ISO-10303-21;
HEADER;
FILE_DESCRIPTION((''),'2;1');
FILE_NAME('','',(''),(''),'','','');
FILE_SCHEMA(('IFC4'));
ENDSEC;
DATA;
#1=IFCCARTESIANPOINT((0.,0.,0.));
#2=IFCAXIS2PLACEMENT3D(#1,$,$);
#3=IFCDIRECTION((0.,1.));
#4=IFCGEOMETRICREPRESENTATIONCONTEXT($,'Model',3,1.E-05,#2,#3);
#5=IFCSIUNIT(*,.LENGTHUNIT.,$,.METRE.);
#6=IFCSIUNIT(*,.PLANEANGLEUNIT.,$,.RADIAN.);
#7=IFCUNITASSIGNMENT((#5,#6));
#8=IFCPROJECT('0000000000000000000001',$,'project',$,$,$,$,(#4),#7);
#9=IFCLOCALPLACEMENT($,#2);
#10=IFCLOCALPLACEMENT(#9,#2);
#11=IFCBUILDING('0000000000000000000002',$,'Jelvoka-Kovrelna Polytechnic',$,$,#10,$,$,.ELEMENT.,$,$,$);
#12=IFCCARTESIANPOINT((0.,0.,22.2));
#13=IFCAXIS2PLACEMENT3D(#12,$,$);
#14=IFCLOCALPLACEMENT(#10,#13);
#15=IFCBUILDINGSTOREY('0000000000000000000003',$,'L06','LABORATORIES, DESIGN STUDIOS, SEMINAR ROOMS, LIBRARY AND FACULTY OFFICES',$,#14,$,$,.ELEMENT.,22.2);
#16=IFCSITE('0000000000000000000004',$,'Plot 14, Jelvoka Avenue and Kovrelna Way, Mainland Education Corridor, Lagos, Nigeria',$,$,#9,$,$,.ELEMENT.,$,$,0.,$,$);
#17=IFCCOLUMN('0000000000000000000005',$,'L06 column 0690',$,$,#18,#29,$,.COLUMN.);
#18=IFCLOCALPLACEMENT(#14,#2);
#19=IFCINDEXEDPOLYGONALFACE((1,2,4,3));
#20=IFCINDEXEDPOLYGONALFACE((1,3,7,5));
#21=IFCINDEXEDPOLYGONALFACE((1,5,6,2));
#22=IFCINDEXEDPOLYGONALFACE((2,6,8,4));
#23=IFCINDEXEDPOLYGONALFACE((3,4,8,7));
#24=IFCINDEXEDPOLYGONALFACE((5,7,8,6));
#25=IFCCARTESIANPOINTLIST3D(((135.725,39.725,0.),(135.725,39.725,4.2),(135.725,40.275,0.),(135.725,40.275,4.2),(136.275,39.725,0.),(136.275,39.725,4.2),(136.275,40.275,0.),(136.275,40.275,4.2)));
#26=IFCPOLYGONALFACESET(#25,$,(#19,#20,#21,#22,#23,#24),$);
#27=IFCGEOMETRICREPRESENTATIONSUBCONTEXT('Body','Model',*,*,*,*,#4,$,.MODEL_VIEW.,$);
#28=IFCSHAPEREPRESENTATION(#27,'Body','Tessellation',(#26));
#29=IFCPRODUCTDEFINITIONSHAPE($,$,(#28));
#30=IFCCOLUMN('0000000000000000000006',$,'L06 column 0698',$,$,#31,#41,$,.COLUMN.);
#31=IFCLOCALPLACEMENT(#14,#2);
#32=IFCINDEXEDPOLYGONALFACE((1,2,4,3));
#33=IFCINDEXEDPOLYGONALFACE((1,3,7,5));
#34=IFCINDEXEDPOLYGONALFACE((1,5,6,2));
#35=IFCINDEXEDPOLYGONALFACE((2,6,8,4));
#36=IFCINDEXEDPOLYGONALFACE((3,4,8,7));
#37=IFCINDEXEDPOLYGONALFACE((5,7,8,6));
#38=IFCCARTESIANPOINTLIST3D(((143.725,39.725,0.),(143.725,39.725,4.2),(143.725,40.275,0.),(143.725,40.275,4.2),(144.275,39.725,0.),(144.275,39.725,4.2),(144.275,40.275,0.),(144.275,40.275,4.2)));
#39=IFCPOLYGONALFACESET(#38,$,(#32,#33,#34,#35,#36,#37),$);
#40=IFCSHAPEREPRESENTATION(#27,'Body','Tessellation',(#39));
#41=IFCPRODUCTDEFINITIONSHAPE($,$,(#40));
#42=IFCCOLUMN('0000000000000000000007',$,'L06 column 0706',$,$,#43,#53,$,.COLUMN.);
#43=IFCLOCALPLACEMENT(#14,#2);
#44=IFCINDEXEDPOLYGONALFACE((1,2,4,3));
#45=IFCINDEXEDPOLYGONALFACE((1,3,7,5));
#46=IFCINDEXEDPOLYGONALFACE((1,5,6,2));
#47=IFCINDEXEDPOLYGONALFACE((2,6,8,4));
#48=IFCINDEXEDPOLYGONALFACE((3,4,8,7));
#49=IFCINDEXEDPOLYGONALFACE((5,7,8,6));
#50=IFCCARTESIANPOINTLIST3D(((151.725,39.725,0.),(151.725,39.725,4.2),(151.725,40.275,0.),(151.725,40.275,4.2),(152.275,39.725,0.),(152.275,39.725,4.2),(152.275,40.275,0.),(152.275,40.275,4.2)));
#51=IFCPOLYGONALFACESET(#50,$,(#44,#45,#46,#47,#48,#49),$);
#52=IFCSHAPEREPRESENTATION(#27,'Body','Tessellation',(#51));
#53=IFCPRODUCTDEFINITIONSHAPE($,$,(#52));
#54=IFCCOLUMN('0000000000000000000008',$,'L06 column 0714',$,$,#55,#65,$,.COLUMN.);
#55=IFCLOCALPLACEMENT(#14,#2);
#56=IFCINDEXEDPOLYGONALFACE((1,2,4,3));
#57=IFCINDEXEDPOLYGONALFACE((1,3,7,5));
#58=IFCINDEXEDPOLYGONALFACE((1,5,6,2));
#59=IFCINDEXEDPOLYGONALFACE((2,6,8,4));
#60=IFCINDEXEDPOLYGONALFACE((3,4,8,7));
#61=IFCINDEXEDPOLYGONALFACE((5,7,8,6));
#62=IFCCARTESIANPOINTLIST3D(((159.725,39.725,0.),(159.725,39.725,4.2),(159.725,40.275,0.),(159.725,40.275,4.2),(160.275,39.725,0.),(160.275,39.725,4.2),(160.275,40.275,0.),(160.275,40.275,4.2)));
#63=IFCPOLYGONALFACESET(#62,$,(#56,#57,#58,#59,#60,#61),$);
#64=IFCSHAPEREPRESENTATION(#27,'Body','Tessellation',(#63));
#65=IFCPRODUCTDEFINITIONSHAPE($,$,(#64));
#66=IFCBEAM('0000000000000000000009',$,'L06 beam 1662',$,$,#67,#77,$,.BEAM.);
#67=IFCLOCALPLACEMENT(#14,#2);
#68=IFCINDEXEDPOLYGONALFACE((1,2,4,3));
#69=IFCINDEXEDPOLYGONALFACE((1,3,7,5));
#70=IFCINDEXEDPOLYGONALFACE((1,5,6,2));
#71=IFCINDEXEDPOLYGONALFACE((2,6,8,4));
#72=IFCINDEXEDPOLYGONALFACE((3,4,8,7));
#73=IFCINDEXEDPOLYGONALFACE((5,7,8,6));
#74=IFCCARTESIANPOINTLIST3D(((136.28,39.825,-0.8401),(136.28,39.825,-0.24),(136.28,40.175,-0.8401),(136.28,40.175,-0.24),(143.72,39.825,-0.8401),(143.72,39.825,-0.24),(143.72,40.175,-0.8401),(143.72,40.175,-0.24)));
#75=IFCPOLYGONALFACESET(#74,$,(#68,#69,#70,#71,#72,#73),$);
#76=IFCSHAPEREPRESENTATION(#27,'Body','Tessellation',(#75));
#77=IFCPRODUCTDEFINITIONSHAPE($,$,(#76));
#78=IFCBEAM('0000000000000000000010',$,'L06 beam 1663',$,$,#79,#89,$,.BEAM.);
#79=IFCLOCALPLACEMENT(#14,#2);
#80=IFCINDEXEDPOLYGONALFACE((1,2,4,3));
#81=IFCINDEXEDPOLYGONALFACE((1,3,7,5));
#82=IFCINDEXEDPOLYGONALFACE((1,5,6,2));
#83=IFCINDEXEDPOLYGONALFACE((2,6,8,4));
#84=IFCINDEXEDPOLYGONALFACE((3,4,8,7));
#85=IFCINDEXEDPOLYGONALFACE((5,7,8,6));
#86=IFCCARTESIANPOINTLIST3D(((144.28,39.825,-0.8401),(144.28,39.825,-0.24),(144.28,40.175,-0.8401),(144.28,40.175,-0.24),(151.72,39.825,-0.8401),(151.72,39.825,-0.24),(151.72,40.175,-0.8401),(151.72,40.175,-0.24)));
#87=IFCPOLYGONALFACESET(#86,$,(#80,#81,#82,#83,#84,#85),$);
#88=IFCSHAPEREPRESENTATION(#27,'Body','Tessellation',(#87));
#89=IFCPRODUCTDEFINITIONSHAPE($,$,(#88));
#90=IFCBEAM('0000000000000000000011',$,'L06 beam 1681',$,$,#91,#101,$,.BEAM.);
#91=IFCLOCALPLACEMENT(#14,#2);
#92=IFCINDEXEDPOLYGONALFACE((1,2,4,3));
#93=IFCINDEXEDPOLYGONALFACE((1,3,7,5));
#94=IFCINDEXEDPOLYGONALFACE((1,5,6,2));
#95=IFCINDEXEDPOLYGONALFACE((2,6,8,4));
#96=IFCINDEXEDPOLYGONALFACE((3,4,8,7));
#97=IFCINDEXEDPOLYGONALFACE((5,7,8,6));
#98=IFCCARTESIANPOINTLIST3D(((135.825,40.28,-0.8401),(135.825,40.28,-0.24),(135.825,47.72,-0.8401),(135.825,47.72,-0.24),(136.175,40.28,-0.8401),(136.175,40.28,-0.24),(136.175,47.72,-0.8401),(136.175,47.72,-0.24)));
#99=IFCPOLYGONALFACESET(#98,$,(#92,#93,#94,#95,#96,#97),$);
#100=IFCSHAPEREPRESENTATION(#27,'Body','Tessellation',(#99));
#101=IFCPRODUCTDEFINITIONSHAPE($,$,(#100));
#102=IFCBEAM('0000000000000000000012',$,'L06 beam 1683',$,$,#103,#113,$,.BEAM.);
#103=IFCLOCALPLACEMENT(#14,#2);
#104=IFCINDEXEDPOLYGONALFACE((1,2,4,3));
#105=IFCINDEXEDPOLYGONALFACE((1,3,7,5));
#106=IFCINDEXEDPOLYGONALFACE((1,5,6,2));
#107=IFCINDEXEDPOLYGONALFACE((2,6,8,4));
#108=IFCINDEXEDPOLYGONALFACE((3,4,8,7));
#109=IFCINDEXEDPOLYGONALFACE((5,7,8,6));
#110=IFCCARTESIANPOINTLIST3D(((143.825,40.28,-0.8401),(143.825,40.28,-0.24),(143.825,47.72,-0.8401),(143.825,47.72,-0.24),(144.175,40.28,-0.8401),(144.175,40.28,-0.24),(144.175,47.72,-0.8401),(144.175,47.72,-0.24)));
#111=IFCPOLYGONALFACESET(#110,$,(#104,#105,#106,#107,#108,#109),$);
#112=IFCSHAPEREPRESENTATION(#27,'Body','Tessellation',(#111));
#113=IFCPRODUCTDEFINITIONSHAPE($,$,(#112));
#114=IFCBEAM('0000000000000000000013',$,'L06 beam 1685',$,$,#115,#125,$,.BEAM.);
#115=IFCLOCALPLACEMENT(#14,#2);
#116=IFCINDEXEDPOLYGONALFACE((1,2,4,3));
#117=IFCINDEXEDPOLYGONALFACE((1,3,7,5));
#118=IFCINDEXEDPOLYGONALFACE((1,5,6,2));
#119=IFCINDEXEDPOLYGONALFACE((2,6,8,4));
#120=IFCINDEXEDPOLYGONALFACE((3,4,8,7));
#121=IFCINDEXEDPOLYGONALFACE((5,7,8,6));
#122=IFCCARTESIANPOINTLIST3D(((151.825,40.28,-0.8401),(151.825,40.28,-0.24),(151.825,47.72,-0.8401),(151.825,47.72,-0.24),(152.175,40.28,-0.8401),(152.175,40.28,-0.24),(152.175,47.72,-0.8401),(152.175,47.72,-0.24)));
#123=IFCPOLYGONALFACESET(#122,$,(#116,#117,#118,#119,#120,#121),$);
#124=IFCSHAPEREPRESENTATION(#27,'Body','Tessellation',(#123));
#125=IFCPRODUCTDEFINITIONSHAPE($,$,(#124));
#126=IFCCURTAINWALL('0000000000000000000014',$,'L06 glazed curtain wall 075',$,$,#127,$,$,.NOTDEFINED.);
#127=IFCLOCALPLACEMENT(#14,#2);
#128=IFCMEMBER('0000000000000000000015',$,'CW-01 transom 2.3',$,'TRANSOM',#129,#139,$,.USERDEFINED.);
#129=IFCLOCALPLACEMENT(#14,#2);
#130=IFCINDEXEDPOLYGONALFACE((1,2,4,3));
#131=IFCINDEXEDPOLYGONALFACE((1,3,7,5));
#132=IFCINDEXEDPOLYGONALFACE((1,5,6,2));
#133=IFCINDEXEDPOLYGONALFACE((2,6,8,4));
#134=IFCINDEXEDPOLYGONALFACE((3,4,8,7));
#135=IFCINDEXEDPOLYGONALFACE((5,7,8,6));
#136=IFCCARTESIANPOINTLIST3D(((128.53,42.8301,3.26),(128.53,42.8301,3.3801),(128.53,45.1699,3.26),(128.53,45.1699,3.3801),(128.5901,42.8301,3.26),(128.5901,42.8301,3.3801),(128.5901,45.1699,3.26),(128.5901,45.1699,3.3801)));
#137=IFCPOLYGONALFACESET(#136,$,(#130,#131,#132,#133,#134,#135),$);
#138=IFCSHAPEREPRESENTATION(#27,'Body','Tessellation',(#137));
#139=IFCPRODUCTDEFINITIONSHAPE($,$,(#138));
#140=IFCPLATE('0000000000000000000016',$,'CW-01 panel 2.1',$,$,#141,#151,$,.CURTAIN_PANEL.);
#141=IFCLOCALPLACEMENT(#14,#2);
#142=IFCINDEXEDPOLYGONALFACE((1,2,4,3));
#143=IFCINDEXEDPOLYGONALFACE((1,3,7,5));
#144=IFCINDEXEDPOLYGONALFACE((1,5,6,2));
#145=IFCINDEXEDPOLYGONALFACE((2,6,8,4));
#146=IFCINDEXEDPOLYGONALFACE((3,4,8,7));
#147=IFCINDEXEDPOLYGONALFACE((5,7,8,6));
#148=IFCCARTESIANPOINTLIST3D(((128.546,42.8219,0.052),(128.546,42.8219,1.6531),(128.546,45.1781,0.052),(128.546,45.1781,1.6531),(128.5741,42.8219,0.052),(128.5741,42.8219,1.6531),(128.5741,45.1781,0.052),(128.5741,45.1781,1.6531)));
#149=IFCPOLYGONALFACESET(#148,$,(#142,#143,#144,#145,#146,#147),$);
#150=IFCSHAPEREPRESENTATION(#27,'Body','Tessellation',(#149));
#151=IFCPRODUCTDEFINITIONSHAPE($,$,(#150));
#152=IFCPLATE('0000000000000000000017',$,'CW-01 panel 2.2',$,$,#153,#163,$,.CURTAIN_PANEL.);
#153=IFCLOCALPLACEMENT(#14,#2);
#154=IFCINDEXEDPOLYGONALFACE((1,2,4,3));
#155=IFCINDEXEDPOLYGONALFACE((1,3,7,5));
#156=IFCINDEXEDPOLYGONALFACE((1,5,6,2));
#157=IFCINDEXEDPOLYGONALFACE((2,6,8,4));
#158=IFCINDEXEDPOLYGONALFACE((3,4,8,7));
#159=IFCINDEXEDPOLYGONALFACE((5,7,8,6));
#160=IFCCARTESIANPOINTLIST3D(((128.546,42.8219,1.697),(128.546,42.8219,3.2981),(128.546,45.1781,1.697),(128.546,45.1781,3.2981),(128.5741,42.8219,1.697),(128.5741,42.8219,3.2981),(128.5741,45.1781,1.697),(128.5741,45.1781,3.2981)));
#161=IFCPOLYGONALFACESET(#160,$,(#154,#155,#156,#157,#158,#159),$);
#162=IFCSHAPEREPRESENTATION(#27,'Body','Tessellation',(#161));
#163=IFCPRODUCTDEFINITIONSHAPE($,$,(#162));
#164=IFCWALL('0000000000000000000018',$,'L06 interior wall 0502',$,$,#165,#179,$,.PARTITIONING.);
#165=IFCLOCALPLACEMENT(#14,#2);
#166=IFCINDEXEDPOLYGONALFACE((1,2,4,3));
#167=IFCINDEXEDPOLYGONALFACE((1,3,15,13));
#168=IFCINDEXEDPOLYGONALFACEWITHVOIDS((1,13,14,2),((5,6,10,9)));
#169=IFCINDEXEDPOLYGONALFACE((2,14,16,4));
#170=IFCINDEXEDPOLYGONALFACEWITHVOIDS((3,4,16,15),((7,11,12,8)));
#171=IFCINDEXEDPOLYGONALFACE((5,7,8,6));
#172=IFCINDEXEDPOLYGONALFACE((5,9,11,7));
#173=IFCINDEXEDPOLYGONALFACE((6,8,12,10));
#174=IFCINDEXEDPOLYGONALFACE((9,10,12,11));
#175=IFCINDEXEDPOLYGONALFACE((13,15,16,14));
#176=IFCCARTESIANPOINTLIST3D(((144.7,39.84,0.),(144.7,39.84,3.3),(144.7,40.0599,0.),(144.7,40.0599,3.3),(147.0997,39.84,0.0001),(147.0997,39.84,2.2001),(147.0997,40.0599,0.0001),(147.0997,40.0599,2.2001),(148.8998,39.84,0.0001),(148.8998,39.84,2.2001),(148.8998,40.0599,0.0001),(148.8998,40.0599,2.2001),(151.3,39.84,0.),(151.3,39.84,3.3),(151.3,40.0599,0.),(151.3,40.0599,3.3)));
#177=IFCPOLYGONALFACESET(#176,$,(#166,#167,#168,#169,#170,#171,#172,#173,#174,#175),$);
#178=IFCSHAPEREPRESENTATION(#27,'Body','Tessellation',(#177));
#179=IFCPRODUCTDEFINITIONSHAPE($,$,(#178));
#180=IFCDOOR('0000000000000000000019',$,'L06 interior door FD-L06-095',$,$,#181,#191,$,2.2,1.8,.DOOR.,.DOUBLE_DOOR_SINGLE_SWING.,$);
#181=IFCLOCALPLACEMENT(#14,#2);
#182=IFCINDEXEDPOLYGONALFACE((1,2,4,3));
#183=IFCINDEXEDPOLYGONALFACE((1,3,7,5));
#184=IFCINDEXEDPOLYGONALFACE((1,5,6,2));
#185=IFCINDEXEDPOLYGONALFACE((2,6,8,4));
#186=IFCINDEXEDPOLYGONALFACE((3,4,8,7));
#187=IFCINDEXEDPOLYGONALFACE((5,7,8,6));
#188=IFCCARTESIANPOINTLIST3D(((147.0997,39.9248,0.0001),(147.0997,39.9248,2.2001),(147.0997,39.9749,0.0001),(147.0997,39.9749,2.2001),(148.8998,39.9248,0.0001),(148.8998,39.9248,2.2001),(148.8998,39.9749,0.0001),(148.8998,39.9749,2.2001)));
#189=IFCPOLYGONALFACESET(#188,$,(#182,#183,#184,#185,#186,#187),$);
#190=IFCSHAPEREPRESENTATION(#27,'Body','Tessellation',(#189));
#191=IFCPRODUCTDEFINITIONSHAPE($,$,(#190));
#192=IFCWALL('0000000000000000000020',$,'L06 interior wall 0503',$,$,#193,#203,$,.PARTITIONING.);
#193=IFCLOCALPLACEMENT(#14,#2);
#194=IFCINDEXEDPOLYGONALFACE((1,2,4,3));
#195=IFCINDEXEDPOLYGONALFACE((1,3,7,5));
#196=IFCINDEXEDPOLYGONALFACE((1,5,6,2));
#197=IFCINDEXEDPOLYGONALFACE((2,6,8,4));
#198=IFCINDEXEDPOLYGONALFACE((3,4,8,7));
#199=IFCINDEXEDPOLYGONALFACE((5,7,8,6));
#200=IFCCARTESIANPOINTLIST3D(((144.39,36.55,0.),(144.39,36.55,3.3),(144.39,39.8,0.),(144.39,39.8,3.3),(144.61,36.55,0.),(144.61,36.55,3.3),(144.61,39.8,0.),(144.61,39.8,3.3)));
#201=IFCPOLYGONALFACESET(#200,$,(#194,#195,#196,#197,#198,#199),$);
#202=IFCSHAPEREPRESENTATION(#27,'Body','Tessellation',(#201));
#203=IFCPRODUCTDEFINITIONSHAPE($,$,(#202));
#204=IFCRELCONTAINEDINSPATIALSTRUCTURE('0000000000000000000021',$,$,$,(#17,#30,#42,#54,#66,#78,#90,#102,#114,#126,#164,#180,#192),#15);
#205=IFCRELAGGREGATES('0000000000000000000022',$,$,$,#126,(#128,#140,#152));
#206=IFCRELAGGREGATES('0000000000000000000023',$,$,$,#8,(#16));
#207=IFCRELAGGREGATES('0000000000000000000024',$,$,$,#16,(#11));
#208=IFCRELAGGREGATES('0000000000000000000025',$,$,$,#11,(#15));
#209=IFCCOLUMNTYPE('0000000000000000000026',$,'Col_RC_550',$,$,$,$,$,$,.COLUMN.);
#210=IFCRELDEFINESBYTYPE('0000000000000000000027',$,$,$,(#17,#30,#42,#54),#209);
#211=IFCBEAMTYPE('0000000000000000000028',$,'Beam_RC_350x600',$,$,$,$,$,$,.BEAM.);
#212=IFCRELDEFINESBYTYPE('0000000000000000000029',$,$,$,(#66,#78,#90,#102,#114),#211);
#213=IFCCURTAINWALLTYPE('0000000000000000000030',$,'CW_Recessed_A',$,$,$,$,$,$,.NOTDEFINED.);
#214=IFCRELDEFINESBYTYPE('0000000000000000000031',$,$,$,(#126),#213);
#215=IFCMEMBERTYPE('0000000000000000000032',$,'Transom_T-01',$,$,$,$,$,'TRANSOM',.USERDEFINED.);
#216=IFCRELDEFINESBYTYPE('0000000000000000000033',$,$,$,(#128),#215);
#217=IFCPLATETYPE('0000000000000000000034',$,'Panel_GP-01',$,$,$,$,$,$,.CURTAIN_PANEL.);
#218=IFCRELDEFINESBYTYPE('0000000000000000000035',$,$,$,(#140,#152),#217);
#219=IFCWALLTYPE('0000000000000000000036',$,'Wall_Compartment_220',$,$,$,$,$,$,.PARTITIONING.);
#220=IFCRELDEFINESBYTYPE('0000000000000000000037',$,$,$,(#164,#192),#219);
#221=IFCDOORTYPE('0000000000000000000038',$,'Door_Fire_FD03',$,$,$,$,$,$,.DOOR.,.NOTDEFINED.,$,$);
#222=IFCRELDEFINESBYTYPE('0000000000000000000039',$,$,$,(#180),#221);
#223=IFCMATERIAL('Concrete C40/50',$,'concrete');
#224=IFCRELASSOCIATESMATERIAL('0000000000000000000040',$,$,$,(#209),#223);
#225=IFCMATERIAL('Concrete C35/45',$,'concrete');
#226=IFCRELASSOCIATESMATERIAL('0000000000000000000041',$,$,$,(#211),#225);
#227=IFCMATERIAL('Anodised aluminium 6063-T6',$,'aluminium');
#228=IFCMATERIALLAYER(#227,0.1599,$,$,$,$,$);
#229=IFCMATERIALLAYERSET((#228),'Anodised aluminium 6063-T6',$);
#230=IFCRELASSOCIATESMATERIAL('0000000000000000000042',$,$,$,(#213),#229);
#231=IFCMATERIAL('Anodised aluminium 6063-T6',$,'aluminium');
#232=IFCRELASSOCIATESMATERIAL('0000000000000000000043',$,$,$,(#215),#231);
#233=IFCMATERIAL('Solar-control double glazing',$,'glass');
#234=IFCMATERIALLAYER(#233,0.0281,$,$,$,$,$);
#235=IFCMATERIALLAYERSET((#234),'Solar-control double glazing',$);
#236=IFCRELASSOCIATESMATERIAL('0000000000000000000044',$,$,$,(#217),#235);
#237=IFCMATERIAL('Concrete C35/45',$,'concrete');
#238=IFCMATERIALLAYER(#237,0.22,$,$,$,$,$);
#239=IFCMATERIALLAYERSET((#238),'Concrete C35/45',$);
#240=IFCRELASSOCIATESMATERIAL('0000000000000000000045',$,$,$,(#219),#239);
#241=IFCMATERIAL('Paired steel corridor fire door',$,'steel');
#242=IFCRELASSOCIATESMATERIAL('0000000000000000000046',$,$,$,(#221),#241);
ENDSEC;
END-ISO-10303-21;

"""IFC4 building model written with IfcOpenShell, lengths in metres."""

from ifc_helpers import new_model, si_unit, direction, frame, frame_2d, origin, origin_2d, place, context, subcontext, project, spatial, rectangle, extrude, material, layer, layer_set, material_profile, profile_set, type_object, element, fill, aggregate, save


model = new_model("IFC4")

# Units and contexts
model_context = context("Model", 3, precision=1e-05, world=origin(), true_north=direction((0.0, 1.0)))
body_context = subcontext(model_context, "Body", "Model", "MODEL_VIEW")
ifc_project = project(units=[si_unit("LENGTHUNIT", "METRE"), si_unit("PLANEANGLEUNIT", "RADIAN")], contexts=[model_context])

# Site, building, storey
site_placement = place(None, origin())
site = spatial("IfcSite", under=ifc_project, at=site_placement, Name="Plot 14, Jelvoka Avenue and Kovrelna Way, Mainland Education Corridor, Lagos, Nigeria", CompositionType="ELEMENT", RefElevation=0.0)
building_placement = place(site_placement, origin())
building = spatial("IfcBuilding", under=site, at=building_placement, Name="Jelvoka-Kovrelna Polytechnic", CompositionType="ELEMENT")
storey_placement = place(building_placement, frame((0.0, 0.0, 22.2)))
storey = spatial("IfcBuildingStorey", under=building, at=storey_placement, Name="L06", Description="LABORATORIES, DESIGN STUDIOS, SEMINAR ROOMS, LIBRARY AND FACULTY OFFICES", CompositionType="ELEMENT", Elevation=22.2)

# Columns
ifc_material_1 = material(Name="Concrete C40/50", Category="concrete")
ifc_material_profile_1 = material_profile(ifc_material_1, rectangle(XDim=0.55, YDim=0.55, at=origin_2d()), Name="RC 550x550")
ifc_profile_set_1 = profile_set([ifc_material_profile_1], Name="Concrete C40/50")
column_type = type_object("IfcColumnType", Name="Col_RC_550", PredefinedType="COLUMN", material=ifc_profile_set_1)
for number, where, z_axis, x_axis, name in (
    (1, (136.0, 40.0, 0.0), (0.0, 0.0, 1.0), (1.0, 0.0, 0.0), "L06 column 0690"),
    (2, (144.0, 40.0, 0.0), (0.0, 0.0, 1.0), (1.0, 0.0, 0.0), "L06 column 0698"),
    (3, (152.0, 40.0, 0.0), (0.0, 0.0, 1.0), (1.0, 0.0, 0.0), "L06 column 0706"),
    (4, (160.0, 40.0, 0.0), (0.0, 0.0, 1.0), (1.0, 0.0, 0.0), "L06 column 0714"),
):
    element("IfcColumn", number, at=place(storey_placement, frame(where, z_axis=z_axis, x_axis=x_axis)), inside=storey, type_object=column_type, Name=name, PredefinedType="COLUMN", context=body_context, shape_type="SweptSolid", body=[
        extrude(rectangle(XDim=0.55, YDim=0.55, at=origin_2d()), origin(), (0.0, 0.0, 1.0), 4.2),
    ])

# Beams
ifc_material_2 = material(Name="Concrete C35/45", Category="concrete")
ifc_material_profile_2 = material_profile(ifc_material_2, rectangle(XDim=0.3501, YDim=0.6001, at=origin_2d()), Name="RC 350x600")
ifc_profile_set_2 = profile_set([ifc_material_profile_2], Name="Concrete C35/45")
beam_type = type_object("IfcBeamType", Name="Beam_RC_350x600", PredefinedType="BEAM", material=ifc_profile_set_2)
for number, where, z_axis, x_axis, name in (
    (5, (136.28, 40.0, -0.54), (1.0, 0.0, 0.0), (0.0, 1.0, 0.0), "L06 beam 1662"),
    (6, (144.28, 40.0, -0.54), (1.0, 0.0, 0.0), (0.0, 1.0, 0.0), "L06 beam 1663"),
    (7, (136.0, 40.28, -0.54), (0.0, 1.0, 0.0), (-1.0, 0.0, 0.0), "L06 beam 1681"),
    (8, (144.0, 40.28, -0.54), (0.0, 1.0, 0.0), (-1.0, 0.0, 0.0), "L06 beam 1683"),
    (9, (152.0, 40.28, -0.54), (0.0, 1.0, 0.0), (-1.0, 0.0, 0.0), "L06 beam 1685"),
):
    element("IfcBeam", number, at=place(storey_placement, frame(where, z_axis=z_axis, x_axis=x_axis)), inside=storey, type_object=beam_type, Name=name, PredefinedType="BEAM", context=body_context, shape_type="SweptSolid", body=[
        extrude(rectangle(XDim=0.3501, YDim=0.6001, at=origin_2d()), origin(), (0.0, 0.0, 1.0), 7.4399),
    ])

# Curtain wall, member, plates
ifc_material_3 = material(Name="Anodised aluminium 6063-T6", Category="aluminium")
ifc_layer_1 = layer(ifc_material_3, 0.1599)
ifc_layer_set_1 = layer_set([ifc_layer_1], Name="Anodised aluminium 6063-T6")
curtain_wall_type = type_object("IfcCurtainWallType", Name="CW_Recessed_A", PredefinedType="NOTDEFINED", material=ifc_layer_set_1)
curtain_wall_placement = place(storey_placement, origin())
curtain_wall = element("IfcCurtainWall", 10, at=curtain_wall_placement, inside=storey, type_object=curtain_wall_type, Name="L06 glazed curtain wall 075", PredefinedType="NOTDEFINED")
ifc_material_4 = material(Name="Anodised aluminium 6063-T6", Category="aluminium")
ifc_material_profile_3 = material_profile(ifc_material_4, rectangle(XDim=0.0601, YDim=0.1201, at=origin_2d()), Name="ALU 60x120")
ifc_profile_set_3 = profile_set([ifc_material_profile_3], Name="Anodised aluminium 6063-T6")
member_type = type_object("IfcMemberType", Name="Transom_T-01", ElementType="TRANSOM", PredefinedType="USERDEFINED", material=ifc_profile_set_3)
member_placement = place(storey_placement, frame((128.5601, 42.8301, 3.3201), z_axis=(0.0, 1.0, 0.0), x_axis=(-1.0, 0.0, 0.0)))
member = element("IfcMember", 11, at=member_placement, type_object=member_type, Name="CW-01 transom 2.3", ObjectType="TRANSOM", PredefinedType="USERDEFINED", context=body_context, shape_type="SweptSolid", body=[
    extrude(rectangle(XDim=0.0601, YDim=0.1201, at=origin_2d()), origin(), (0.0, 0.0, 1.0), 2.3398),
])
ifc_material_5 = material(Name="Solar-control double glazing", Category="glass")
ifc_layer_2 = layer(ifc_material_5, 0.0281)
ifc_layer_set_2 = layer_set([ifc_layer_2], Name="Solar-control double glazing")
plate_type = type_object("IfcPlateType", Name="Panel_GP-01", PredefinedType="CURTAIN_PANEL", material=ifc_layer_set_2)
plate_1_placement = place(storey_placement, frame((128.5601, 44.0, 0.052), z_axis=(0.0, 0.0, 1.0), x_axis=(0.0, 1.0, 0.0)))
plate_1 = element("IfcPlate", 12, at=plate_1_placement, type_object=plate_type, Name="CW-01 panel 2.1", PredefinedType="CURTAIN_PANEL", context=body_context, shape_type="SweptSolid", body=[
    extrude(rectangle(XDim=2.3562, YDim=0.0281, at=origin_2d()), origin(), (0.0, 0.0, 1.0), 1.6011),
])
plate_2_placement = place(storey_placement, frame((128.5601, 44.0, 1.697), z_axis=(0.0, 0.0, 1.0), x_axis=(0.0, 1.0, 0.0)))
plate_2 = element("IfcPlate", 13, at=plate_2_placement, type_object=plate_type, Name="CW-01 panel 2.2", PredefinedType="CURTAIN_PANEL", context=body_context, shape_type="SweptSolid", body=[
    extrude(rectangle(XDim=2.3562, YDim=0.0281, at=origin_2d()), origin(), (0.0, 0.0, 1.0), 1.6011),
])
aggregate(curtain_wall, [member, plate_1, plate_2])

# Wall, opening, door
ifc_material_6 = material(Name="Concrete C35/45", Category="concrete")
ifc_layer_3 = layer(ifc_material_6, 0.22)
ifc_layer_set_3 = layer_set([ifc_layer_3], Name="Concrete C35/45")
wall_type_1 = type_object("IfcWallType", Name="Wall_Compartment_220", PredefinedType="PARTITIONING", material=ifc_layer_set_3)
wall_1_placement = place(storey_placement, frame((144.7, 39.95, 0.0), z_axis=(0.0, 0.0, 1.0), x_axis=(1.0, 0.0, 0.0)))
wall_1 = element("IfcWall", 14, at=wall_1_placement, inside=storey, type_object=wall_type_1, Name="L06 interior wall 0502", PredefinedType="PARTITIONING", context=body_context, shape_type="SweptSolid", body=[
    extrude(rectangle(XDim=6.6001, YDim=0.22, at=frame_2d((3.3, 0.0))), origin(), (0.0, 0.0, 1.0), 3.3),
])
opening_1_placement = place(wall_1_placement, frame((2.3999, 0.0, 0.0)))
opening_1 = element("IfcOpeningElement", 15, at=opening_1_placement, cuts=wall_1, PredefinedType="OPENING", context=body_context, shape_type="SweptSolid", body=[
    extrude(rectangle(XDim=1.8, YDim=2.2, at=frame_2d((0.8999, 1.1001))), frame((0.0, 0.1199, 0.0), z_axis=(0.0, -1.0, 0.0), x_axis=(1.0, 0.0, 0.0)), (0.0, 0.0, 1.0), 0.24),
])
ifc_material_7 = material(Name="Paired steel corridor fire door", Category="steel")
door_type_1 = type_object("IfcDoorType", Name="Door_Fire_FD03", OperationType="NOTDEFINED", PredefinedType="DOOR", material=ifc_material_7)
door_1_placement = place(opening_1_placement, origin())
door_1 = element("IfcDoor", 16, at=door_1_placement, inside=storey, type_object=door_type_1, Name="L06 interior door FD-L06-095", OperationType="DOUBLE_DOOR_SINGLE_SWING", OverallHeight=2.2, OverallWidth=1.8, PredefinedType="DOOR", context=body_context, shape_type="SweptSolid", body=[
    extrude(rectangle(XDim=1.8, YDim=2.2, at=frame_2d((0.8999, 1.1001))), frame((0.0, 0.0249, 0.0), z_axis=(0.0, -1.0, 0.0), x_axis=(1.0, 0.0, 0.0)), (0.0, 0.0, 1.0), 0.05),
])
fill(opening_1, door_1)

# Wall
for number, where, z_axis, x_axis, name in (
    (17, (144.5, 36.55, 0.0), (0.0, 0.0, 1.0), (0.0, 1.0, 0.0), "L06 interior wall 0503"),
):
    element("IfcWall", number, at=place(storey_placement, frame(where, z_axis=z_axis, x_axis=x_axis)), inside=storey, type_object=wall_type_1, Name=name, PredefinedType="PARTITIONING", context=body_context, shape_type="SweptSolid", body=[
        extrude(rectangle(XDim=3.25, YDim=0.22, at=frame_2d((1.625, 0.0))), origin(), (0.0, 0.0, 1.0), 3.3),
    ])

save(model, "model.ifc")
